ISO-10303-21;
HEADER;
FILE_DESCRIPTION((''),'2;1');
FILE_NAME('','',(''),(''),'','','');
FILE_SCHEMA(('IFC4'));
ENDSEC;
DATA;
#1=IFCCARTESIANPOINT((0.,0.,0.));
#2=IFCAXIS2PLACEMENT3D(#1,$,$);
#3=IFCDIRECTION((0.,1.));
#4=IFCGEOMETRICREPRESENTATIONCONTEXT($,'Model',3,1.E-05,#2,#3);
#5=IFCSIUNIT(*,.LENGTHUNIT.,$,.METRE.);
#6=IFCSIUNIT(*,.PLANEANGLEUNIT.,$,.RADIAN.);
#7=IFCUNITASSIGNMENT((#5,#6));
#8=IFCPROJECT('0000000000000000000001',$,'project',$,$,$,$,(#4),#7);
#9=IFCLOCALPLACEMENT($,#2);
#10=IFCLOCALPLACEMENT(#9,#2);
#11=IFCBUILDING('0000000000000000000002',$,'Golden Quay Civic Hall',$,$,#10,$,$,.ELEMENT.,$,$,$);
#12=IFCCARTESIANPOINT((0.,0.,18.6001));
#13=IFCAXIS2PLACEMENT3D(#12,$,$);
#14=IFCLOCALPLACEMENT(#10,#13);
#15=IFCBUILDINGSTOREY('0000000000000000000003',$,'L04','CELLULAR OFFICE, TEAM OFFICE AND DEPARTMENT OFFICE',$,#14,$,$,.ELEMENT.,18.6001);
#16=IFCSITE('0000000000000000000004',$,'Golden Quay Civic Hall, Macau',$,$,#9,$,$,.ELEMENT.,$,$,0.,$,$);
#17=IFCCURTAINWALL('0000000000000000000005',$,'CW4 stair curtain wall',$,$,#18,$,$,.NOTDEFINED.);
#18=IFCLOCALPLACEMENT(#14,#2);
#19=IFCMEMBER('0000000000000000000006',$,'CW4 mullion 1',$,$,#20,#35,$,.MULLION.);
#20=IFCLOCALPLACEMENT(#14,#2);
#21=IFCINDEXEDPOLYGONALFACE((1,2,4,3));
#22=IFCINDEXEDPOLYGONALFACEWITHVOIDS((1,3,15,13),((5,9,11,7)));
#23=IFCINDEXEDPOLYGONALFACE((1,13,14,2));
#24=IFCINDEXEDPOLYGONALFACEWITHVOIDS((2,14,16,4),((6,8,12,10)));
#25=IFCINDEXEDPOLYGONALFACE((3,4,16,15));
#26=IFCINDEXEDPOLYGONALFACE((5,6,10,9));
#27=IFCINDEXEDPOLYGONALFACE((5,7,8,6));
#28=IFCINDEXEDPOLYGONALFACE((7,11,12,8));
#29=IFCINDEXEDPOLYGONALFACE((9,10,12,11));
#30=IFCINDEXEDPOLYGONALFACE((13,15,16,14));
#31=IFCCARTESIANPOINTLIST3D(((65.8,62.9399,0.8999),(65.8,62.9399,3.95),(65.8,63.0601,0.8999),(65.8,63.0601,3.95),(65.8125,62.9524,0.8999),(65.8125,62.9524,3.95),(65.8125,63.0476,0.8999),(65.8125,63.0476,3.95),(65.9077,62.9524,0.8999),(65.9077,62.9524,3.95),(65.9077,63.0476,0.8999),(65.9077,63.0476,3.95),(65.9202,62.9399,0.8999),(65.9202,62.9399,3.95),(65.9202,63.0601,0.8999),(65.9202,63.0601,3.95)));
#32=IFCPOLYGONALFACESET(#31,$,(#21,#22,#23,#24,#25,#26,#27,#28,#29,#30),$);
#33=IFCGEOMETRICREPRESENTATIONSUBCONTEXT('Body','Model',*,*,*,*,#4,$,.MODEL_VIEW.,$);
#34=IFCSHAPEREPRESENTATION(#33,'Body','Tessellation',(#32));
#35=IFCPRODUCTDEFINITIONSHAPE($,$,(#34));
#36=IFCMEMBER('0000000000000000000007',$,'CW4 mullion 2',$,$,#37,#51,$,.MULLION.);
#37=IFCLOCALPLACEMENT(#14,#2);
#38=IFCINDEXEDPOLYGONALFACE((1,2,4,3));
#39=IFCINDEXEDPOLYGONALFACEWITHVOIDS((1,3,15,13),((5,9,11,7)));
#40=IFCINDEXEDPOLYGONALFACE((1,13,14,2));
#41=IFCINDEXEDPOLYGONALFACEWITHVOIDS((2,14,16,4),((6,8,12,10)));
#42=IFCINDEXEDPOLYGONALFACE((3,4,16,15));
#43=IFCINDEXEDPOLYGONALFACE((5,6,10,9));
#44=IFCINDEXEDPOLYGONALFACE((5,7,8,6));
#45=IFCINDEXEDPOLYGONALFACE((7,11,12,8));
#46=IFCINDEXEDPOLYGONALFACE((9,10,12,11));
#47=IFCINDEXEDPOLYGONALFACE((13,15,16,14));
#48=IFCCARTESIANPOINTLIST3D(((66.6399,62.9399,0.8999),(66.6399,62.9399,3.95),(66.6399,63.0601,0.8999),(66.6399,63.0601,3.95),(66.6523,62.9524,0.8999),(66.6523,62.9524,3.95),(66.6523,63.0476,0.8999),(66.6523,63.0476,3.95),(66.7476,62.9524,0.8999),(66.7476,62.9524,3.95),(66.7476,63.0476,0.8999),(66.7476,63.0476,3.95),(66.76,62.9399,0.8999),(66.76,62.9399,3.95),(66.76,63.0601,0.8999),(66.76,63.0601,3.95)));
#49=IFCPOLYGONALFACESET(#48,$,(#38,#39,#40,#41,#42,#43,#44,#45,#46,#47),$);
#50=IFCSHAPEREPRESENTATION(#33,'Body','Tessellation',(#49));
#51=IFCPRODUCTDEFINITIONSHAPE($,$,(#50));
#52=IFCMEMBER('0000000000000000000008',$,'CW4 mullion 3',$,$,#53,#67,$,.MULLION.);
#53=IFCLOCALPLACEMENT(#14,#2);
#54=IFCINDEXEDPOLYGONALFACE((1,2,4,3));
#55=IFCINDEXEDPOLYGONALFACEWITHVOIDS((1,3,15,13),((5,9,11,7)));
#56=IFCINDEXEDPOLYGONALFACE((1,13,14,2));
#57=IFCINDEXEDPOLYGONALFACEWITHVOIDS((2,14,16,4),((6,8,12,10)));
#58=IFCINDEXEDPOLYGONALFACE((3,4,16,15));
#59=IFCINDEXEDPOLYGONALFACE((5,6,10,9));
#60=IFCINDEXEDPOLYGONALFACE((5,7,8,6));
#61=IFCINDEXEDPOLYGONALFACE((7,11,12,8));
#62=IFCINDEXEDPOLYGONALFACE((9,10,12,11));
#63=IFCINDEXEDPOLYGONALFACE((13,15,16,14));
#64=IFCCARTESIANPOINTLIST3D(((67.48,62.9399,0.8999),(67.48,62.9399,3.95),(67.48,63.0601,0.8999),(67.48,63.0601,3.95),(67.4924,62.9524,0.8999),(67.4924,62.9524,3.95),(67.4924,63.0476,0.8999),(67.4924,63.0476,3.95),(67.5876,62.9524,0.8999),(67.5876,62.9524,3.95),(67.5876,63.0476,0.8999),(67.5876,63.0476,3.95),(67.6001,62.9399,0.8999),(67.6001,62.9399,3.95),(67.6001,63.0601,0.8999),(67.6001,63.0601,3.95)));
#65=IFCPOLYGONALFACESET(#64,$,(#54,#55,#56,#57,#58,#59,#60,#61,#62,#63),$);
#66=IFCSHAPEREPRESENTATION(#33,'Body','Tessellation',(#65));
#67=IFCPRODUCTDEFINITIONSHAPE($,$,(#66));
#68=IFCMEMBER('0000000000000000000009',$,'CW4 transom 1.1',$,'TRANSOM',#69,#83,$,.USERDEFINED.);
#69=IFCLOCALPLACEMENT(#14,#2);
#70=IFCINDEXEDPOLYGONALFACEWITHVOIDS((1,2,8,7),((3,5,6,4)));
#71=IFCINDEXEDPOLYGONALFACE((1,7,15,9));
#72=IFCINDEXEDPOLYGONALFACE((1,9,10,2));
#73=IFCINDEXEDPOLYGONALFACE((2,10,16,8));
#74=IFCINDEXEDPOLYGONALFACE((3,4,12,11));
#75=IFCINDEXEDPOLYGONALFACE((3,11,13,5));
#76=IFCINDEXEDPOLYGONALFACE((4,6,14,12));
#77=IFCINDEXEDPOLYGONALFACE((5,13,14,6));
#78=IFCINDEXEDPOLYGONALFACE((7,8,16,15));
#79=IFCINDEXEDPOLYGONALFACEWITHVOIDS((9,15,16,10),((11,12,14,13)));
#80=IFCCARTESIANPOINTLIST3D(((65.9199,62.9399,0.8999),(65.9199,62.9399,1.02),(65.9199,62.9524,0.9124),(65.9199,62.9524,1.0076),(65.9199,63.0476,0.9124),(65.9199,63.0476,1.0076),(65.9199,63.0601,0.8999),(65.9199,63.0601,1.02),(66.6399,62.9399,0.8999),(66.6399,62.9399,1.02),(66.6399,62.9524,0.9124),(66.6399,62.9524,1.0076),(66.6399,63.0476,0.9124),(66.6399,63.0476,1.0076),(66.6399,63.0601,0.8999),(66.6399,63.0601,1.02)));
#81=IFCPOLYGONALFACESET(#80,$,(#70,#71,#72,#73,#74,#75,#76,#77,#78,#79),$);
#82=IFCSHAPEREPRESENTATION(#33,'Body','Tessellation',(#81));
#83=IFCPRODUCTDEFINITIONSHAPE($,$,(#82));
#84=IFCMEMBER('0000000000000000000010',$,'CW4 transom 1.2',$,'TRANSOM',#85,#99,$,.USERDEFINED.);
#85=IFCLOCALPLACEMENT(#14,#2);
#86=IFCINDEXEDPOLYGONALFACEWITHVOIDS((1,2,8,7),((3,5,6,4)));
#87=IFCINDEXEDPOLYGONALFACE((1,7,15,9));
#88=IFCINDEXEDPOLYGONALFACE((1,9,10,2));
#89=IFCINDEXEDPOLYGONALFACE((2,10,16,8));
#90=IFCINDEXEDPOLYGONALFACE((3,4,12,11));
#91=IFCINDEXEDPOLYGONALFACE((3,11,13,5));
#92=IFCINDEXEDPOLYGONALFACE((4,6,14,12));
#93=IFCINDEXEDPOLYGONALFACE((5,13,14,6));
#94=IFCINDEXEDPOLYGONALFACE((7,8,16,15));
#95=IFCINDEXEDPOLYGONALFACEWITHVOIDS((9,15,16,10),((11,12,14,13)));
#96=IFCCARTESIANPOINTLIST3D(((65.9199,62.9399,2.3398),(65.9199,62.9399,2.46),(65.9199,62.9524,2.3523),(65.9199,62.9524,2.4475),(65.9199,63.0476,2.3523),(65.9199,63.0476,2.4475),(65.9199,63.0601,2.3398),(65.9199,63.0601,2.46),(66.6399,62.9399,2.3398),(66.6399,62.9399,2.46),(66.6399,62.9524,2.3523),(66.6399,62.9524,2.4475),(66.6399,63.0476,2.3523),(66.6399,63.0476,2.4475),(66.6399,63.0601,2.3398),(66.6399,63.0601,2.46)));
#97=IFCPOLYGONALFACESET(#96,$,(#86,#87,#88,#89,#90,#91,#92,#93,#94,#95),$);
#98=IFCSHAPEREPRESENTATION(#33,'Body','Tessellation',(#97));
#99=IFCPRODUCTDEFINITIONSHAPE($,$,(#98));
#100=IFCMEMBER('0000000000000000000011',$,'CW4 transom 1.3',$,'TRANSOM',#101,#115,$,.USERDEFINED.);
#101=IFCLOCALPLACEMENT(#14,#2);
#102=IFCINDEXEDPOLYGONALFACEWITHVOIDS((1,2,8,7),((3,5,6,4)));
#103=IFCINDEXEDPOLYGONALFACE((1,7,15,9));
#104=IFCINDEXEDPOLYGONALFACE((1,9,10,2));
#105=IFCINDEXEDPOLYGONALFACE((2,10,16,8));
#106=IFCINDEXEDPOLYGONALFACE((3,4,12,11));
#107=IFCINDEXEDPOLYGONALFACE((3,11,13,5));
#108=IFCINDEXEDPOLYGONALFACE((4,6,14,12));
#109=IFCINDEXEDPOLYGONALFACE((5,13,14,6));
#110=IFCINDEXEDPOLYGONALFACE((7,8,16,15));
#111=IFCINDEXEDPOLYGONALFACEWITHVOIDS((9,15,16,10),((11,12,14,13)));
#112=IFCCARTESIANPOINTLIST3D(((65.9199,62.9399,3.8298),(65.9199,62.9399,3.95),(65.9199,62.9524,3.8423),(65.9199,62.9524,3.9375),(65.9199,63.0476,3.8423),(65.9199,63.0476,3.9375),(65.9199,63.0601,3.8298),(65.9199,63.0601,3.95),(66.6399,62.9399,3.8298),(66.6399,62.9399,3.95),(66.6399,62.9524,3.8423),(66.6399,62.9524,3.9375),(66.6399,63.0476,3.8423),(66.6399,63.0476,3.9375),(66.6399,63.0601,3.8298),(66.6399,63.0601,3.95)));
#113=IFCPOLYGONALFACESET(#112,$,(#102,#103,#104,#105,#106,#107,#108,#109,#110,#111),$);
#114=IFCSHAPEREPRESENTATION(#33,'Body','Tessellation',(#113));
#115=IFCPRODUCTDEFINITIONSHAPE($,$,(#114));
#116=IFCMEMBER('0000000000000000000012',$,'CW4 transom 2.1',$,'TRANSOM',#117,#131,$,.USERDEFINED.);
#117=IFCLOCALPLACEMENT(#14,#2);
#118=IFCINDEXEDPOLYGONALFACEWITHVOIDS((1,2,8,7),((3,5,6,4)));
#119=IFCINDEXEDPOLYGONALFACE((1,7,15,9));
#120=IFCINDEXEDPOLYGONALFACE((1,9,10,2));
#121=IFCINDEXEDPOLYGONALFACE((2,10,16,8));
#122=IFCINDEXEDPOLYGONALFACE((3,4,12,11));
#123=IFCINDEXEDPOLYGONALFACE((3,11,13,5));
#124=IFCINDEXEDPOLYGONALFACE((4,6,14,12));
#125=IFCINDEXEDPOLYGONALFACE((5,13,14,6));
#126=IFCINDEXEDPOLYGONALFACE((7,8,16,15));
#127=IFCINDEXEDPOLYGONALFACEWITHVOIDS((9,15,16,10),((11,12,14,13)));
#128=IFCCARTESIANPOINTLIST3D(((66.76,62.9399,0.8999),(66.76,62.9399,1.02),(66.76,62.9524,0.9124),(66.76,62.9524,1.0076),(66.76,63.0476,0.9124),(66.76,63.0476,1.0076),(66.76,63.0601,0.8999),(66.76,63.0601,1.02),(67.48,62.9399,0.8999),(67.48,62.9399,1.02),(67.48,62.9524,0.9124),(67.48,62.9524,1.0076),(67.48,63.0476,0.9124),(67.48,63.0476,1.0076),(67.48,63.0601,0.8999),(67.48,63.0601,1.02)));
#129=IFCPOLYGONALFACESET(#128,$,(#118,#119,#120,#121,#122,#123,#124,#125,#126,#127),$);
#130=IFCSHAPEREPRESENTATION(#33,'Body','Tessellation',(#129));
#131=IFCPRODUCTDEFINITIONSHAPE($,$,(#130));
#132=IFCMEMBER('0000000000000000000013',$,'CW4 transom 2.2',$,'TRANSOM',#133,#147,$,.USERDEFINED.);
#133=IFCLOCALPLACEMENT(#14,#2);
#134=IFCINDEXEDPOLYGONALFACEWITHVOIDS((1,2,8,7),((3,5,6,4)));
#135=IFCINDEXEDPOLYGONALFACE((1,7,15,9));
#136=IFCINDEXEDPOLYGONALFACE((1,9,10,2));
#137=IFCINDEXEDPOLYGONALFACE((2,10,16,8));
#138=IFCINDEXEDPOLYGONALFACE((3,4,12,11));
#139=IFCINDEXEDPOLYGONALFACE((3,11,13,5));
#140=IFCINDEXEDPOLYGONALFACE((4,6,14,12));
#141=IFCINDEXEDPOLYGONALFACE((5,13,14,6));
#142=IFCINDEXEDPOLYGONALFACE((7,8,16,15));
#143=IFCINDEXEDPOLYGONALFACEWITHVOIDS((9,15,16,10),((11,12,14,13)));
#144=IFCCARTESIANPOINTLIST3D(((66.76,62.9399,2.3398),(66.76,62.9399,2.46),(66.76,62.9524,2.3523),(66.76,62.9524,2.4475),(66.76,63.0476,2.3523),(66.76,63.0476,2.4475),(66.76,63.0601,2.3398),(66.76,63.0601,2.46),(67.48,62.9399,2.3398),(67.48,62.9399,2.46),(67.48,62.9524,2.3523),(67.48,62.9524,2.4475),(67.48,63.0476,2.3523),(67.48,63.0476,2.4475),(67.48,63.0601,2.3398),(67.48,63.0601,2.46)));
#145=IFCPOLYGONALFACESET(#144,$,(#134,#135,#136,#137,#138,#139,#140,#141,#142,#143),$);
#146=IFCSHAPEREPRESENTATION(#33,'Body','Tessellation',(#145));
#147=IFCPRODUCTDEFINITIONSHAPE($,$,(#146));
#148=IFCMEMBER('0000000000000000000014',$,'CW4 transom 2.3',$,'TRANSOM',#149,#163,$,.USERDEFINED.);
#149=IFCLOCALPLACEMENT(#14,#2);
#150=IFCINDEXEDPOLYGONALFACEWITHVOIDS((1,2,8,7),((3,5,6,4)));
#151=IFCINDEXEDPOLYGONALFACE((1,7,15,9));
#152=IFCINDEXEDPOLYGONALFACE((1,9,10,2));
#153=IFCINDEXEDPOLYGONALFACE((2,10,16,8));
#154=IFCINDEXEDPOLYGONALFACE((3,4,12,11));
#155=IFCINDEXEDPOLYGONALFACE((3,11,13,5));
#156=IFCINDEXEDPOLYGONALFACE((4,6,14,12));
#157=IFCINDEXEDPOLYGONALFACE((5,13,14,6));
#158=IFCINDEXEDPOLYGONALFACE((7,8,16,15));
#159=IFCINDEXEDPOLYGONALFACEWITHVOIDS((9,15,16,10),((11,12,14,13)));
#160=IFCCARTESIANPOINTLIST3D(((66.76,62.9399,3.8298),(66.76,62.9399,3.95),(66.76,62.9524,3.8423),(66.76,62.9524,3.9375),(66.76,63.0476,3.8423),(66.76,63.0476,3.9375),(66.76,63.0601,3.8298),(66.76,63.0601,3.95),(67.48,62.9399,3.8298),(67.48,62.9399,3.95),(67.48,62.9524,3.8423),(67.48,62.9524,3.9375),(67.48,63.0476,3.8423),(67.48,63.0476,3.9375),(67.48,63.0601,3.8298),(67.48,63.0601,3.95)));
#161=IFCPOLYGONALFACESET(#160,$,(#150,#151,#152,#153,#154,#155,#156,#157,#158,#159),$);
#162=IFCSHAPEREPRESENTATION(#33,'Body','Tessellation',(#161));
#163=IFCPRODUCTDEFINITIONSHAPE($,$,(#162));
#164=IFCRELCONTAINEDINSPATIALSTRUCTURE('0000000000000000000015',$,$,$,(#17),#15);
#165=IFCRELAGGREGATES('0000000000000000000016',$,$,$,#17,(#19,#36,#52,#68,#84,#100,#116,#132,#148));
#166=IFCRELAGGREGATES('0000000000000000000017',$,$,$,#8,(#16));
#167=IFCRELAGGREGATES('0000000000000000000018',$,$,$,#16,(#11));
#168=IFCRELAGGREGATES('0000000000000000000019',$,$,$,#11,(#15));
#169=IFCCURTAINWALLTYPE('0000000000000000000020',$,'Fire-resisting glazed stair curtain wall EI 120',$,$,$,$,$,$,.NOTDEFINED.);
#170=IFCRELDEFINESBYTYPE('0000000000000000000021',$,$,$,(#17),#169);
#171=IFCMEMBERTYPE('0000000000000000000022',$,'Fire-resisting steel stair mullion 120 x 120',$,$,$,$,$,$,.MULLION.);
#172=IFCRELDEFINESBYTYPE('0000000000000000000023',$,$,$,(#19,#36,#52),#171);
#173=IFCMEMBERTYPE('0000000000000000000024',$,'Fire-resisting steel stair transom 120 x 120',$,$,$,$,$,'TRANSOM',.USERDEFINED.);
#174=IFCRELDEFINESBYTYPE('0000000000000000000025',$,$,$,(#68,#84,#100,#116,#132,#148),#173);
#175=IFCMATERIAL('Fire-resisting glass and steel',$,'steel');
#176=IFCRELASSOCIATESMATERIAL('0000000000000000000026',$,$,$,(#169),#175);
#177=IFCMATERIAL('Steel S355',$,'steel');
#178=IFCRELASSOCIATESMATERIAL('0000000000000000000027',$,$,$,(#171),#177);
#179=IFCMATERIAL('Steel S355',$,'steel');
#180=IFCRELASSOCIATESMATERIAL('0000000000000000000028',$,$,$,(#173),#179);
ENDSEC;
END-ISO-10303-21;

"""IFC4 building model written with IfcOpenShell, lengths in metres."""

from ifc_helpers import new_model, si_unit, direction, frame, origin, origin_2d, place, context, subcontext, project, spatial, hollow_rectangle, extrude, material, material_profile, profile_set, type_object, element, aggregate, save


model = new_model("IFC4")

# Units and contexts
model_context = context("Model", 3, precision=1e-05, world=origin(), true_north=direction((0.0, 1.0)))
body_context = subcontext(model_context, "Body", "Model", "MODEL_VIEW")
ifc_project = project(units=[si_unit("LENGTHUNIT", "METRE"), si_unit("PLANEANGLEUNIT", "RADIAN")], contexts=[model_context])

# Site, building, storey
site_placement = place(None, origin())
site = spatial("IfcSite", under=ifc_project, at=site_placement, Name="Golden Quay Civic Hall, Macau", CompositionType="ELEMENT", RefElevation=0.0)
building_placement = place(site_placement, origin())
building = spatial("IfcBuilding", under=site, at=building_placement, Name="Golden Quay Civic Hall", CompositionType="ELEMENT")
storey_placement = place(building_placement, frame((0.0, 0.0, 18.6001)))
storey = spatial("IfcBuildingStorey", under=building, at=storey_placement, Name="L04", Description="CELLULAR OFFICE, TEAM OFFICE AND DEPARTMENT OFFICE", CompositionType="ELEMENT", Elevation=18.6001)

# Curtain wall, members
ifc_material_1 = material(Name="Fire-resisting glass and steel", Category="steel")
curtain_wall_type = type_object("IfcCurtainWallType", Name="Fire-resisting glazed stair curtain wall EI 120", PredefinedType="NOTDEFINED", material=ifc_material_1)
curtain_wall_placement = place(storey_placement, origin())
curtain_wall = element("IfcCurtainWall", 1, at=curtain_wall_placement, inside=storey, type_object=curtain_wall_type, Name="CW4 stair curtain wall", PredefinedType="NOTDEFINED")
ifc_material_2 = material(Name="Steel S355", Category="steel")
ifc_material_profile_1 = material_profile(ifc_material_2, hollow_rectangle(XDim=0.1201, YDim=0.1201, WallThickness=0.0125, at=origin_2d()), Name="SHS 120x120x12.5")
ifc_profile_set_1 = profile_set([ifc_material_profile_1], Name="Steel S355")
member_type_1 = type_object("IfcMemberType", Name="Fire-resisting steel stair mullion 120 x 120", PredefinedType="MULLION", material=ifc_profile_set_1)
member_1_placement = place(storey_placement, frame((65.8601, 63.0, 0.8999), z_axis=(0.0, 0.0, 1.0), x_axis=(0.0, 1.0, 0.0)))
member_1 = element("IfcMember", 2, at=member_1_placement, type_object=member_type_1, Name="CW4 mullion 1", PredefinedType="MULLION", context=body_context, shape_type="SweptSolid", body=[
    extrude(hollow_rectangle(XDim=0.1201, YDim=0.1201, WallThickness=0.0125, at=origin_2d()), origin(), (0.0, 0.0, 1.0), 3.05),
])
member_2_placement = place(storey_placement, frame((66.7, 63.0, 0.8999), z_axis=(0.0, 0.0, 1.0), x_axis=(0.0, 1.0, 0.0)))
member_2 = element("IfcMember", 3, at=member_2_placement, type_object=member_type_1, Name="CW4 mullion 2", PredefinedType="MULLION", context=body_context, shape_type="SweptSolid", body=[
    extrude(hollow_rectangle(XDim=0.1201, YDim=0.1201, WallThickness=0.0125, at=origin_2d()), origin(), (0.0, 0.0, 1.0), 3.05),
])
member_3_placement = place(storey_placement, frame((67.54, 63.0, 0.8999), z_axis=(0.0, 0.0, 1.0), x_axis=(0.0, 1.0, 0.0)))
member_3 = element("IfcMember", 4, at=member_3_placement, type_object=member_type_1, Name="CW4 mullion 3", PredefinedType="MULLION", context=body_context, shape_type="SweptSolid", body=[
    extrude(hollow_rectangle(XDim=0.1201, YDim=0.1201, WallThickness=0.0125, at=origin_2d()), origin(), (0.0, 0.0, 1.0), 3.05),
])
ifc_material_3 = material(Name="Steel S355", Category="steel")
ifc_material_profile_2 = material_profile(ifc_material_3, hollow_rectangle(XDim=0.1201, YDim=0.1201, WallThickness=0.0125, at=origin_2d()), Name="SHS 120x120x12.5")
ifc_profile_set_2 = profile_set([ifc_material_profile_2], Name="Steel S355")
member_type_2 = type_object("IfcMemberType", Name="Fire-resisting steel stair transom 120 x 120", ElementType="TRANSOM", PredefinedType="USERDEFINED", material=ifc_profile_set_2)
member_4_placement = place(storey_placement, frame((65.9199, 63.0, 0.96), z_axis=(1.0, 0.0, 0.0), x_axis=(0.0, 1.0, 0.0)))
member_4 = element("IfcMember", 5, at=member_4_placement, type_object=member_type_2, Name="CW4 transom 1.1", ObjectType="TRANSOM", PredefinedType="USERDEFINED", context=body_context, shape_type="SweptSolid", body=[
    extrude(hollow_rectangle(XDim=0.1201, YDim=0.1201, WallThickness=0.0125, at=origin_2d()), origin(), (0.0, 0.0, 1.0), 0.72),
])
member_5_placement = place(storey_placement, frame((65.9199, 63.0, 2.3999), z_axis=(1.0, 0.0, 0.0), x_axis=(0.0, 1.0, 0.0)))
member_5 = element("IfcMember", 6, at=member_5_placement, type_object=member_type_2, Name="CW4 transom 1.2", ObjectType="TRANSOM", PredefinedType="USERDEFINED", context=body_context, shape_type="SweptSolid", body=[
    extrude(hollow_rectangle(XDim=0.1201, YDim=0.1201, WallThickness=0.0125, at=origin_2d()), origin(), (0.0, 0.0, 1.0), 0.72),
])
member_6_placement = place(storey_placement, frame((65.9199, 63.0, 3.8899), z_axis=(1.0, 0.0, 0.0), x_axis=(0.0, 1.0, 0.0)))
member_6 = element("IfcMember", 7, at=member_6_placement, type_object=member_type_2, Name="CW4 transom 1.3", ObjectType="TRANSOM", PredefinedType="USERDEFINED", context=body_context, shape_type="SweptSolid", body=[
    extrude(hollow_rectangle(XDim=0.1201, YDim=0.1201, WallThickness=0.0125, at=origin_2d()), origin(), (0.0, 0.0, 1.0), 0.72),
])
member_7_placement = place(storey_placement, frame((66.76, 63.0, 0.96), z_axis=(1.0, 0.0, 0.0), x_axis=(0.0, 1.0, 0.0)))
member_7 = element("IfcMember", 8, at=member_7_placement, type_object=member_type_2, Name="CW4 transom 2.1", ObjectType="TRANSOM", PredefinedType="USERDEFINED", context=body_context, shape_type="SweptSolid", body=[
    extrude(hollow_rectangle(XDim=0.1201, YDim=0.1201, WallThickness=0.0125, at=origin_2d()), origin(), (0.0, 0.0, 1.0), 0.72),
])
member_8_placement = place(storey_placement, frame((66.76, 63.0, 2.3999), z_axis=(1.0, 0.0, 0.0), x_axis=(0.0, 1.0, 0.0)))
member_8 = element("IfcMember", 9, at=member_8_placement, type_object=member_type_2, Name="CW4 transom 2.2", ObjectType="TRANSOM", PredefinedType="USERDEFINED", context=body_context, shape_type="SweptSolid", body=[
    extrude(hollow_rectangle(XDim=0.1201, YDim=0.1201, WallThickness=0.0125, at=origin_2d()), origin(), (0.0, 0.0, 1.0), 0.72),
])
member_9_placement = place(storey_placement, frame((66.76, 63.0, 3.8899), z_axis=(1.0, 0.0, 0.0), x_axis=(0.0, 1.0, 0.0)))
member_9 = element("IfcMember", 10, at=member_9_placement, type_object=member_type_2, Name="CW4 transom 2.3", ObjectType="TRANSOM", PredefinedType="USERDEFINED", context=body_context, shape_type="SweptSolid", body=[
    extrude(hollow_rectangle(XDim=0.1201, YDim=0.1201, WallThickness=0.0125, at=origin_2d()), origin(), (0.0, 0.0, 1.0), 0.72),
])

aggregate(curtain_wall, [member_1, member_2, member_3, member_4, member_5, member_6, member_7, member_8, member_9])

save(model, "model.ifc")
